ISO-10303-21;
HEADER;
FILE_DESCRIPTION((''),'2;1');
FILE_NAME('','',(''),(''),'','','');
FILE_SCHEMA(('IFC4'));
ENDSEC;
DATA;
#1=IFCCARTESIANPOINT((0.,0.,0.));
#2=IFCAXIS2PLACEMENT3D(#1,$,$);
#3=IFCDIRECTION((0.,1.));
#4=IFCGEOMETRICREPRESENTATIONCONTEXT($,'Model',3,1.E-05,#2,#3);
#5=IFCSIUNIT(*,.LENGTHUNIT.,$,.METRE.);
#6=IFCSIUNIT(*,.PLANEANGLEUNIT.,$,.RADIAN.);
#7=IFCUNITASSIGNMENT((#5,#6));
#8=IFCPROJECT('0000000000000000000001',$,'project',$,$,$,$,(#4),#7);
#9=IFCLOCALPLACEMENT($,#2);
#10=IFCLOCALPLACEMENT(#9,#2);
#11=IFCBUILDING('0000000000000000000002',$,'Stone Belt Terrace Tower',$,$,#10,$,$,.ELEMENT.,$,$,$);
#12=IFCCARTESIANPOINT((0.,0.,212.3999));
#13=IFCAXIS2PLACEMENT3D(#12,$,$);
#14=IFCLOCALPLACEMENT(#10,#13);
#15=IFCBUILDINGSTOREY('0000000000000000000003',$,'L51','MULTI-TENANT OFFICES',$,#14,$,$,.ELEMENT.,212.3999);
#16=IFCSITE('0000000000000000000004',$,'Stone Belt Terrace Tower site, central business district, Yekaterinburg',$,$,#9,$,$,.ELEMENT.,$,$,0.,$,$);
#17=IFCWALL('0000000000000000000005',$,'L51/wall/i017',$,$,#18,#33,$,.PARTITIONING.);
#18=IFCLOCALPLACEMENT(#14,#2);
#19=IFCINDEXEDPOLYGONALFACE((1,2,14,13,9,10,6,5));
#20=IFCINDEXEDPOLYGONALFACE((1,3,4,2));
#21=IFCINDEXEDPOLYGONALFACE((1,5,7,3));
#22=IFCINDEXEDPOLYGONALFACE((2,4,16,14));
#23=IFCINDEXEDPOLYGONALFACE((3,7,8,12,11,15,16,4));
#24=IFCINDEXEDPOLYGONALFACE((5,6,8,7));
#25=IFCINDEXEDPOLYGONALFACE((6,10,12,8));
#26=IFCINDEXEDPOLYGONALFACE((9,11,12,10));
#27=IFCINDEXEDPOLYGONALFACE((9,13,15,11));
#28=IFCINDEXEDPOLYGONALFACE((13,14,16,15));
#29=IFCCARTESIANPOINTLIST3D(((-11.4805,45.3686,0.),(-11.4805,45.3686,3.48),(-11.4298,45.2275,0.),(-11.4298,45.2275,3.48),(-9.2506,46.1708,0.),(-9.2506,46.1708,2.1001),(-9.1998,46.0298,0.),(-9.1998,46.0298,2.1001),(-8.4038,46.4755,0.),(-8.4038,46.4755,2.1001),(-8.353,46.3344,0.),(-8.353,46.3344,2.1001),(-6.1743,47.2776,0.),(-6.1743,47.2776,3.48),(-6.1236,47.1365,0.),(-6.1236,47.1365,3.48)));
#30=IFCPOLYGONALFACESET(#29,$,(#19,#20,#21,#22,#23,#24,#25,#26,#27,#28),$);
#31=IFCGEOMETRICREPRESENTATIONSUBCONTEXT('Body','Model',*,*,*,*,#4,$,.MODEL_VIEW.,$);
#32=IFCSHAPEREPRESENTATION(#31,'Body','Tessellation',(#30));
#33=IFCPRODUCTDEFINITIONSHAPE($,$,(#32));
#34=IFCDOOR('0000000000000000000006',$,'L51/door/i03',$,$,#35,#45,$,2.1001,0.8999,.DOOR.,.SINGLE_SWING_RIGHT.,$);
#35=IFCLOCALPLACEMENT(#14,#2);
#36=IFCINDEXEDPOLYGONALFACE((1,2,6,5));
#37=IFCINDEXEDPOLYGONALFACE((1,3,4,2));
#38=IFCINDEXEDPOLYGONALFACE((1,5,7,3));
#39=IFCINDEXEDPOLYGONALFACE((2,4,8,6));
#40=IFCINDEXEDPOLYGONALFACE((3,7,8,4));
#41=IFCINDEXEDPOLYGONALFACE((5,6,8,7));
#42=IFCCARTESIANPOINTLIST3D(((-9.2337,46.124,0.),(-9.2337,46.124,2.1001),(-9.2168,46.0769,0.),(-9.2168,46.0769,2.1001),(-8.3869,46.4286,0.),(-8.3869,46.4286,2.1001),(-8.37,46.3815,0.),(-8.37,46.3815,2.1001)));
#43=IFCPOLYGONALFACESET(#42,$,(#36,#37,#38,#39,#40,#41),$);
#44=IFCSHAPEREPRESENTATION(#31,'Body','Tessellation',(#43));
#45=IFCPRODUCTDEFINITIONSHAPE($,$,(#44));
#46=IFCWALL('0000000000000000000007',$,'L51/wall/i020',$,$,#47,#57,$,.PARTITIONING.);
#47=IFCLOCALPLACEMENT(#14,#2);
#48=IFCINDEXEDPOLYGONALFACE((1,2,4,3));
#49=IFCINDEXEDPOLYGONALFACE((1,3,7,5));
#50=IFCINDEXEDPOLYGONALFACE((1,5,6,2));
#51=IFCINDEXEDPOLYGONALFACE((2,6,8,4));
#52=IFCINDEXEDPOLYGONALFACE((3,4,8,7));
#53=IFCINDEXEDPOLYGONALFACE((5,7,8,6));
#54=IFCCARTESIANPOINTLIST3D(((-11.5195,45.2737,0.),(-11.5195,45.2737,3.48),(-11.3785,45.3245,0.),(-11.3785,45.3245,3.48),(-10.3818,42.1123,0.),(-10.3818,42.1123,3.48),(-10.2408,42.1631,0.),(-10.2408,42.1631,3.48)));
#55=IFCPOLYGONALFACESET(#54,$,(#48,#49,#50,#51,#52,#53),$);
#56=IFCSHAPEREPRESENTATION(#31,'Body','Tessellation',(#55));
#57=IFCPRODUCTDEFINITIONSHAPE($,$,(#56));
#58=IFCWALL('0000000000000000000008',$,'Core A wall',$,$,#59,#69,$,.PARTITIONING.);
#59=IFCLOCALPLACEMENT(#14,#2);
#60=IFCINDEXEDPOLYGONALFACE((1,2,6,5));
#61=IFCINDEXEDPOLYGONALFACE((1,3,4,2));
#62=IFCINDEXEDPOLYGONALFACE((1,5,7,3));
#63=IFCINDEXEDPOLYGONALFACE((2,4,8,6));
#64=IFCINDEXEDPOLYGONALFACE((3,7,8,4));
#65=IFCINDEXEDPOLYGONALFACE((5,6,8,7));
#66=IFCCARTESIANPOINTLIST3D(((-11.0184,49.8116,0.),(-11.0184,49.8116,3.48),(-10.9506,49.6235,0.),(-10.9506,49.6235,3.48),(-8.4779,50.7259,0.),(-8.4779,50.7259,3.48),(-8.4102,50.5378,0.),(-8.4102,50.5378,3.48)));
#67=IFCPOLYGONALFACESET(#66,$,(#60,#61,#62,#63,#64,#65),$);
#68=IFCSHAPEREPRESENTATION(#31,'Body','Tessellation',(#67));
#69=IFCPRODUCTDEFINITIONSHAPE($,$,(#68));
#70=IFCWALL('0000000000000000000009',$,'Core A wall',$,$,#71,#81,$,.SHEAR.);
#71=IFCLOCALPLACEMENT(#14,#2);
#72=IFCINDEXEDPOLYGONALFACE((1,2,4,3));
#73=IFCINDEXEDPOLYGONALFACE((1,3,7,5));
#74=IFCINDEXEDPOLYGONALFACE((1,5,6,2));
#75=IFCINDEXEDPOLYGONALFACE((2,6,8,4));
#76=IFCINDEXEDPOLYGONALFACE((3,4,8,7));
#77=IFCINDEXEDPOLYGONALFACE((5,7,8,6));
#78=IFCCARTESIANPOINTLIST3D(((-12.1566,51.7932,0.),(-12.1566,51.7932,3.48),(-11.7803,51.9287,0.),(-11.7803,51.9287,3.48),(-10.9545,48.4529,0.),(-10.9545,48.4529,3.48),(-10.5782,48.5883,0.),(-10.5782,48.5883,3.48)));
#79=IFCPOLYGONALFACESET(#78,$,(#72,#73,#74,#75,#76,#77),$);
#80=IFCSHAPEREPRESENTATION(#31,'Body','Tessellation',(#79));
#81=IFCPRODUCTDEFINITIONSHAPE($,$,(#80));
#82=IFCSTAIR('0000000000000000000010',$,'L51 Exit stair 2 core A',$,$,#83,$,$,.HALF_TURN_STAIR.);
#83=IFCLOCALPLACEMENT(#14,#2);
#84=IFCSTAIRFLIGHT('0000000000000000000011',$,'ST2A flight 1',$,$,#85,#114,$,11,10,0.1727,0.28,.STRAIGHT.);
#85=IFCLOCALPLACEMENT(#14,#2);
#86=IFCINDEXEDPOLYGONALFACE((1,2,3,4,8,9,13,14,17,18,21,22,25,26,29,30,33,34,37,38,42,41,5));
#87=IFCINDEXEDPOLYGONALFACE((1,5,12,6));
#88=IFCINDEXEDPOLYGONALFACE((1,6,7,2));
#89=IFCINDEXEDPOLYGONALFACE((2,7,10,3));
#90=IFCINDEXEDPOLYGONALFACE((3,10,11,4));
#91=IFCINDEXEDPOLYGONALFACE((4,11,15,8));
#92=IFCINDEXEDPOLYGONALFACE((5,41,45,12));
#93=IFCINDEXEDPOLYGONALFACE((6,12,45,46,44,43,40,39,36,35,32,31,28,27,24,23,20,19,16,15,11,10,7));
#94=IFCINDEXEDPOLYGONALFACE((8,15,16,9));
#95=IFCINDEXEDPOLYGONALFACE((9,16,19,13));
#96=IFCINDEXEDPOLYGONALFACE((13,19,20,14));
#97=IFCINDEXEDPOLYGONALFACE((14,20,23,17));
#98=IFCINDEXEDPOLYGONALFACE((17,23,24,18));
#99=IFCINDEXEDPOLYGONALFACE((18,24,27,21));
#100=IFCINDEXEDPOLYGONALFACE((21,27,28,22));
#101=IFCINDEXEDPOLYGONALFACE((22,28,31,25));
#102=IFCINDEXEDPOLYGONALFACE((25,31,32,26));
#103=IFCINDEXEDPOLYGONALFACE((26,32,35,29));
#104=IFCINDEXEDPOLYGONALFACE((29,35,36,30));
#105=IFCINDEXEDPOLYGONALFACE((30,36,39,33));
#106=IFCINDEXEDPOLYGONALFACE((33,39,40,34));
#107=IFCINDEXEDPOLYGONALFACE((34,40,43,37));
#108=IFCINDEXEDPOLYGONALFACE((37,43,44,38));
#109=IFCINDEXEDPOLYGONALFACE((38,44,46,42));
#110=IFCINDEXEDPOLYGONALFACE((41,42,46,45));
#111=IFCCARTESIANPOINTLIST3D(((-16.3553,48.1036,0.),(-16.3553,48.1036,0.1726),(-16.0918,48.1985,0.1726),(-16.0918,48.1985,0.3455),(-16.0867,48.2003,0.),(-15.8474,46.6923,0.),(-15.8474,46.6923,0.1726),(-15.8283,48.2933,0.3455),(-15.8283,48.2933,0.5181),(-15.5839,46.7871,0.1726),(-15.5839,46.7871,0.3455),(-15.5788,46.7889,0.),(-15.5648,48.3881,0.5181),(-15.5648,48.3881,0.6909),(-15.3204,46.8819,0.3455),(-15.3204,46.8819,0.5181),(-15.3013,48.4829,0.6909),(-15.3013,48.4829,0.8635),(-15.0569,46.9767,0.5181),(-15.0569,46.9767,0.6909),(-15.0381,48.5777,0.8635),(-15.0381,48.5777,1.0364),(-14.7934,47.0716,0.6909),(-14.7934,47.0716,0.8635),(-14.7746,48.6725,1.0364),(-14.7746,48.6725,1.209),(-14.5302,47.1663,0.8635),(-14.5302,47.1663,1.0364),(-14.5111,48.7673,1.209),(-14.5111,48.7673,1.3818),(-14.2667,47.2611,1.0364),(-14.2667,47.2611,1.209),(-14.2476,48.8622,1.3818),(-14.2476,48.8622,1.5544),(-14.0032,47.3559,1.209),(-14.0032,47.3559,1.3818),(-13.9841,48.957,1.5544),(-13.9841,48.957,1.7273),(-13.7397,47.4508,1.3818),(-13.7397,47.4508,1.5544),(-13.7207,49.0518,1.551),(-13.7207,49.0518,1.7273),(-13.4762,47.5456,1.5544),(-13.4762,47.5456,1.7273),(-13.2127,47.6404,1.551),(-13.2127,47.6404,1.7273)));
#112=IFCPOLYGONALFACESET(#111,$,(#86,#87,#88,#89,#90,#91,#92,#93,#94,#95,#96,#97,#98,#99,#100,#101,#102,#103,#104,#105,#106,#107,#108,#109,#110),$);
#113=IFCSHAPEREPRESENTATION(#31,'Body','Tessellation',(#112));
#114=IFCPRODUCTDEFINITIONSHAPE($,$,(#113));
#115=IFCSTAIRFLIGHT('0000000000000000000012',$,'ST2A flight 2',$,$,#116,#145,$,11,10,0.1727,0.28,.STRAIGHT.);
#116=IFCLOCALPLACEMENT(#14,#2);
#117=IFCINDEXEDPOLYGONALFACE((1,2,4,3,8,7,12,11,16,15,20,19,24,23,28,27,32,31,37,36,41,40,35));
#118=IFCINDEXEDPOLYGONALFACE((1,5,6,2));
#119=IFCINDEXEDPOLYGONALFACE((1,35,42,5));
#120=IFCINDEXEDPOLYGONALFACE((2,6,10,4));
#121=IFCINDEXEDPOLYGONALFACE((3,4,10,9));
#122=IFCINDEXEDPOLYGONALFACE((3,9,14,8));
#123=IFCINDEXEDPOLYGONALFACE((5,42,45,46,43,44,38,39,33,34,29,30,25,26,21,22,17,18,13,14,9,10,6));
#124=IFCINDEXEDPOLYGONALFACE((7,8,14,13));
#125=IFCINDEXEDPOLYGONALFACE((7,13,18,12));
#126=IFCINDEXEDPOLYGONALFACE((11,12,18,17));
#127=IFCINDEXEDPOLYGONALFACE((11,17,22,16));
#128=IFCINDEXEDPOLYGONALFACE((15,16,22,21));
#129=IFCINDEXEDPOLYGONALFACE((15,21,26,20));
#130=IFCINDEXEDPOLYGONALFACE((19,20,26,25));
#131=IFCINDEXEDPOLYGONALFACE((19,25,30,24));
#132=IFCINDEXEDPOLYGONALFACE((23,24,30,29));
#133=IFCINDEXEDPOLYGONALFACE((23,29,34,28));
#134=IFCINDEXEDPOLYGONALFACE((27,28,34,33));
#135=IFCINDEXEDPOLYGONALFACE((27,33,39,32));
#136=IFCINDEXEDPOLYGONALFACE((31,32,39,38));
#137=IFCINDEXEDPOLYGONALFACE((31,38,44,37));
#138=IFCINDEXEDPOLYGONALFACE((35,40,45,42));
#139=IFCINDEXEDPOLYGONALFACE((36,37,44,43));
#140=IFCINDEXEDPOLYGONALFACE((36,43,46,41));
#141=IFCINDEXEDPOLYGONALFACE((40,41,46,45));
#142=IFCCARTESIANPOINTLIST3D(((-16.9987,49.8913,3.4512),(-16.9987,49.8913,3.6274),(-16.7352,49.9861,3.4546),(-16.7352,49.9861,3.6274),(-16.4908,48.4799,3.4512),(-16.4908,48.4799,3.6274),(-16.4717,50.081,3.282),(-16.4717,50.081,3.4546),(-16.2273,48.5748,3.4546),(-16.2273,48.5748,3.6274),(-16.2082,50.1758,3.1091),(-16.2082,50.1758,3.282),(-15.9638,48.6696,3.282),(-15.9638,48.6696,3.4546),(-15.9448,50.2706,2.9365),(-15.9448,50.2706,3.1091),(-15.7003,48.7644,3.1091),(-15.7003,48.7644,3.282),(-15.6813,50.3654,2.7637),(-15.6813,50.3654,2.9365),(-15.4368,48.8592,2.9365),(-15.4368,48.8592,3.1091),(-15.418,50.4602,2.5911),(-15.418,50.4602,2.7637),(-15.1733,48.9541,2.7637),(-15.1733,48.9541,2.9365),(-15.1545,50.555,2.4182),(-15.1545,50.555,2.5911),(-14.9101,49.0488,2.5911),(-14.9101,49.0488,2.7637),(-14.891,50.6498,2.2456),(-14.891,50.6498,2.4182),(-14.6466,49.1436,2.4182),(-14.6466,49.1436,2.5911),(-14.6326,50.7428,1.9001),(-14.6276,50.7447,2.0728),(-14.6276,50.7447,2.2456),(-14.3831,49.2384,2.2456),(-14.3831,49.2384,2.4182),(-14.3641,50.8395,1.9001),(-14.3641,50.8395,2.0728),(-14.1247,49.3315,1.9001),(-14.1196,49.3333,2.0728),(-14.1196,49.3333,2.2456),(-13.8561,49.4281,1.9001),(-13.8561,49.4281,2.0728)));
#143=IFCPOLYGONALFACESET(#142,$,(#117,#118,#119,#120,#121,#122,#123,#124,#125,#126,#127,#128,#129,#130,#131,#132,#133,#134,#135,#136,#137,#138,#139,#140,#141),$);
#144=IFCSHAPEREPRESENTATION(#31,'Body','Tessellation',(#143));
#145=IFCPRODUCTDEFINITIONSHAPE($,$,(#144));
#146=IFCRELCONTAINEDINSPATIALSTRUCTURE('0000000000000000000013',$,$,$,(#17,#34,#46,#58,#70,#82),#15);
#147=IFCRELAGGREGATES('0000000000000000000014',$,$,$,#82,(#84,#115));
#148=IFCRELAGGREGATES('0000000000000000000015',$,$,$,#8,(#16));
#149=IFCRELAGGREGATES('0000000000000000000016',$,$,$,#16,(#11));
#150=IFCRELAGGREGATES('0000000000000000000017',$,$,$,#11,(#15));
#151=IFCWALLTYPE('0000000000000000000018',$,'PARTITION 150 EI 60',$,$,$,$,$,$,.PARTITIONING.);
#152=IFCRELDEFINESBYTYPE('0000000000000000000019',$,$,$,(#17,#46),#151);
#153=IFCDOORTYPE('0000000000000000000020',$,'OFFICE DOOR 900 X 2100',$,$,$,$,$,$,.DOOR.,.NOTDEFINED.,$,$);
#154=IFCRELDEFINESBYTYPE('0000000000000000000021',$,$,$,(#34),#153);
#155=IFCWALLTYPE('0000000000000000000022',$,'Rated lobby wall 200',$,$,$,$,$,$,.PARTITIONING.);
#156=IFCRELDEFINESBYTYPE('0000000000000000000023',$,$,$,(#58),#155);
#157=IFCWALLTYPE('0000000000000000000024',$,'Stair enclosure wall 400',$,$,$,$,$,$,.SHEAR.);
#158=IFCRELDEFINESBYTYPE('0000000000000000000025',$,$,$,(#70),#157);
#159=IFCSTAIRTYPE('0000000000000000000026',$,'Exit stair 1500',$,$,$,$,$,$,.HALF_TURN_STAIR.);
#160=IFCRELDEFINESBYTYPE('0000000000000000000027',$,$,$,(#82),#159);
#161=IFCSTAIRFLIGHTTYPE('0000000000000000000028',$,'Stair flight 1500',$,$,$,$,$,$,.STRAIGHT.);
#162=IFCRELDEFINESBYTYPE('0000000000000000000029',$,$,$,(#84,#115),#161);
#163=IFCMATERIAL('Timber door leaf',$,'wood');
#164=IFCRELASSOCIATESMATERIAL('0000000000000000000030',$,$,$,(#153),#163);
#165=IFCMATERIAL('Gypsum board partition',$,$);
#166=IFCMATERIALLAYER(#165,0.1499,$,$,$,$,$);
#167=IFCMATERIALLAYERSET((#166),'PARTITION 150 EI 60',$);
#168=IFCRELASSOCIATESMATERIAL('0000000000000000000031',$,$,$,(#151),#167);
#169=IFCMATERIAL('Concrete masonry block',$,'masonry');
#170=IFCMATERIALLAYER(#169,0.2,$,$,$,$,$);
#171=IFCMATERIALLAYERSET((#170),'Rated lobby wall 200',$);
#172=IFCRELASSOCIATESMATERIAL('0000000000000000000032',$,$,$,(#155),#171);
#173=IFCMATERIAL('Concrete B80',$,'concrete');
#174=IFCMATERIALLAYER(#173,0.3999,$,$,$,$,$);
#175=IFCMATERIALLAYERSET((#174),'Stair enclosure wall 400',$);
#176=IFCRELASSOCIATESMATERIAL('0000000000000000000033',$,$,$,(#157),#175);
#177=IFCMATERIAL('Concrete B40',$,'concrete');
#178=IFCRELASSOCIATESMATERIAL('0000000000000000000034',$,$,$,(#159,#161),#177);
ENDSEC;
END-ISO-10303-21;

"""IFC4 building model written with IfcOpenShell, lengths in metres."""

from ifc_helpers import new_model, si_unit, direction, frame, frame_2d, origin, place, context, subcontext, project, spatial, polyline, rectangle, outline, extrude, material, layer, layer_set, type_object, element, fill, aggregate, save


model = new_model("IFC4")

# Units and contexts
model_context = context("Model", 3, precision=1e-05, world=origin(), true_north=direction((0.0, 1.0)))
body_context = subcontext(model_context, "Body", "Model", "MODEL_VIEW")
ifc_project = project(units=[si_unit("LENGTHUNIT", "METRE"), si_unit("PLANEANGLEUNIT", "RADIAN")], contexts=[model_context])

# Site, building, storey
site_placement = place(None, origin())
site = spatial("IfcSite", under=ifc_project, at=site_placement, Name="Stone Belt Terrace Tower site, central business district, Yekaterinburg", CompositionType="ELEMENT", RefElevation=0.0)
building_placement = place(site_placement, origin())
building = spatial("IfcBuilding", under=site, at=building_placement, Name="Stone Belt Terrace Tower", CompositionType="ELEMENT")
storey_placement = place(building_placement, frame((0.0, 0.0, 212.3999)))
storey = spatial("IfcBuildingStorey", under=building, at=storey_placement, Name="L51", Description="MULTI-TENANT OFFICES", CompositionType="ELEMENT", Elevation=212.3999)

# Shared definitions
ifc_material_1 = material(Name="Timber door leaf", Category="wood")

# Shared definitions
ifc_material_2 = material(Name="Gypsum board partition")
door_type_1 = type_object("IfcDoorType", Name="OFFICE DOOR 900 X 2100", OperationType="NOTDEFINED", PredefinedType="DOOR", material=ifc_material_1)

# Shared definitions
ifc_layer_1 = layer(ifc_material_2, 0.1499)
ifc_layer_set_1 = layer_set([ifc_layer_1], Name="PARTITION 150 EI 60")
wall_type_1 = type_object("IfcWallType", Name="PARTITION 150 EI 60", PredefinedType="PARTITIONING", material=ifc_layer_set_1)

# Wall, opening, door
wall_1_placement = place(storey_placement, frame((-6.1489, 47.207, 0.0), z_axis=(0.0, 0.0, 1.0), x_axis=(-0.94096, -0.338519, 0.0)))
wall_1 = element("IfcWall", 1, at=wall_1_placement, inside=storey, type_object=wall_type_1, Name="L51/wall/i017", PredefinedType="PARTITIONING", context=body_context, shape_type="SweptSolid", body=[
    extrude(rectangle(XDim=5.6392, YDim=0.1499, at=frame_2d((2.8196, 0.0))), origin(), (0.0, 0.0, 1.0), 3.48),
])
opening_1_placement = place(wall_1_placement, frame((2.3694, 0.0, 0.0)))
opening_1 = element("IfcOpeningElement", 2, at=opening_1_placement, cuts=wall_1, PredefinedType="OPENING", context=body_context, shape_type="SweptSolid", body=[
    extrude(rectangle(XDim=0.8999, YDim=2.1001, at=frame_2d((0.45, 1.05))), frame((0.0, 0.085, 0.0), z_axis=(0.0, -1.0, 0.0), x_axis=(1.0, 0.0, 0.0)), (0.0, 0.0, 1.0), 0.1699),
])
door_1_placement = place(opening_1_placement, origin())
door_1 = element("IfcDoor", 3, at=door_1_placement, inside=storey, type_object=door_type_1, Name="L51/door/i03", OperationType="SINGLE_SWING_RIGHT", OverallHeight=2.1001, OverallWidth=0.8999, PredefinedType="DOOR", context=body_context, shape_type="SweptSolid", body=[
    extrude(rectangle(XDim=0.8999, YDim=2.1001, at=frame_2d((0.45, 1.05))), frame((0.0, 0.0249, 0.0), z_axis=(0.0, -1.0, 0.0), x_axis=(1.0, 0.0, 0.0)), (0.0, 0.0, 1.0), 0.05),
])
fill(opening_1, door_1)

# Walls
wall_2_placement = place(storey_placement, frame((-11.449, 45.2991, 0.0), z_axis=(0.0, 0.0, 1.0), x_axis=(0.338614, -0.940925, 0.0)))
element("IfcWall", 4, at=wall_2_placement, inside=storey, type_object=wall_type_1, Name="L51/wall/i020", PredefinedType="PARTITIONING", context=body_context, shape_type="SweptSolid", body=[
    extrude(rectangle(XDim=3.3599, YDim=0.1499, at=frame_2d((1.6799, 0.0))), origin(), (0.0, 0.0, 1.0), 3.48),
])
ifc_material_3 = material(Name="Concrete masonry block", Category="masonry")
ifc_layer_2 = layer(ifc_material_3, 0.2)
ifc_layer_set_2 = layer_set([ifc_layer_2], Name="Rated lobby wall 200")
wall_type_2 = type_object("IfcWallType", Name="Rated lobby wall 200", PredefinedType="PARTITIONING", material=ifc_layer_set_2)
wall_3_placement = place(storey_placement, frame((-10.9846, 49.7175, 0.0), z_axis=(0.0, 0.0, 1.0), x_axis=(0.940921, 0.338627, 0.0)))
element("IfcWall", 5, at=wall_3_placement, inside=storey, type_object=wall_type_2, Name="Core A wall", PredefinedType="PARTITIONING", context=body_context, shape_type="SweptSolid", body=[
    extrude(rectangle(XDim=2.7, YDim=0.2, at=frame_2d((1.3501, 0.0))), origin(), (0.0, 0.0, 1.0), 3.48),
])
ifc_material_4 = material(Name="Concrete B80", Category="concrete")
ifc_layer_3 = layer(ifc_material_4, 0.3999)
ifc_layer_set_3 = layer_set([ifc_layer_3], Name="Stair enclosure wall 400")
wall_type_3 = type_object("IfcWallType", Name="Stair enclosure wall 400", PredefinedType="SHEAR", material=ifc_layer_set_3)
wall_4_placement = place(storey_placement, frame((-10.7664, 48.5208, 0.0), z_axis=(0.0, 0.0, 1.0), x_axis=(-0.338627, 0.940921, 0.0)))
element("IfcWall", 6, at=wall_4_placement, inside=storey, type_object=wall_type_3, Name="Core A wall", PredefinedType="SHEAR", context=body_context, shape_type="SweptSolid", body=[
    extrude(rectangle(XDim=3.55, YDim=0.3999, at=frame_2d((1.7749, 0.0))), origin(), (0.0, 0.0, 1.0), 3.48),
])

# Stair, stair flights
ifc_material_5 = material(Name="Concrete B40", Category="concrete")
stair_type = type_object("IfcStairType", Name="Exit stair 1500", PredefinedType="HALF_TURN_STAIR", material=ifc_material_5)
stair_placement = place(storey_placement, origin())
stair = element("IfcStair", 7, at=stair_placement, inside=storey, type_object=stair_type, Name="L51 Exit stair 2 core A", PredefinedType="HALF_TURN_STAIR")
stair_flight_type = type_object("IfcStairFlightType", Name="Stair flight 1500", PredefinedType="STRAIGHT", material=ifc_material_5)
stair_flight_1_placement = place(storey_placement, frame((-16.1013, 47.3979, 0.0), z_axis=(0.0, 0.0, 1.0), x_axis=(0.940922, 0.338624, 0.0)))
stair_flight_1 = element("IfcStairFlight", 8, at=stair_flight_1_placement, type_object=stair_flight_type, Name="ST2A flight 1", NumberOfRisers=11, NumberOfTreads=10, PredefinedType="STRAIGHT", RiserHeight=0.1727, TreadLength=0.28, context=body_context, shape_type="SweptSolid", body=[
    extrude(outline(polyline([(0.0, 0.0), (0.0, 0.1726), (0.28, 0.1726), (0.28, 0.3455), (0.5601, 0.3455), (0.5601, 0.5181), (0.8401, 0.5181), (0.8401, 0.6909), (1.1201, 0.6909), (1.1201, 0.8635), (1.3999, 0.8635), (1.3999, 1.0364), (1.6799, 1.0364), (1.6799, 1.209), (1.96, 1.209), (1.96, 1.3818), (2.24, 1.3818), (2.24, 1.5544), (2.52, 1.5544), (2.52, 1.7273), (2.8, 1.7273), (2.8, 1.8999), (2.8, 1.551), (0.2854, 0.0), (0.0, 0.0)])), frame((0.0, 0.75, 0.0), z_axis=(0.0, -1.0, 0.0), x_axis=(1.0, 0.0, 0.0)), (0.0, 0.0, 1.0), 1.5),
])
stair_flight_2_placement = place(storey_placement, frame((-14.1101, 50.1338, 1.9001), z_axis=(0.0, 0.0, 1.0), x_axis=(-0.940922, -0.338624, 0.0)))
stair_flight_2 = element("IfcStairFlight", 9, at=stair_flight_2_placement, type_object=stair_flight_type, Name="ST2A flight 2", NumberOfRisers=11, NumberOfTreads=10, PredefinedType="STRAIGHT", RiserHeight=0.1727, TreadLength=0.28, context=body_context, shape_type="SweptSolid", body=[
    extrude(outline(polyline([(0.0, 0.0), (0.0, 0.1726), (0.28, 0.1726), (0.28, 0.3455), (0.5601, 0.3455), (0.5601, 0.5181), (0.8401, 0.5181), (0.8401, 0.6909), (1.1201, 0.6909), (1.1201, 0.8635), (1.3999, 0.8635), (1.3999, 1.0364), (1.6799, 1.0364), (1.6799, 1.209), (1.96, 1.209), (1.96, 1.3818), (2.24, 1.3818), (2.24, 1.5544), (2.52, 1.5544), (2.52, 1.7273), (2.8, 1.7273), (2.8, 1.8999), (2.8, 1.551), (0.2854, 0.0), (0.0, 0.0)])), frame((0.0, 0.75, 0.0), z_axis=(0.0, -1.0, 0.0), x_axis=(1.0, 0.0, 0.0)), (0.0, 0.0, 1.0), 1.5),
])
aggregate(stair, [stair_flight_1, stair_flight_2])

save(model, "model.ifc")
